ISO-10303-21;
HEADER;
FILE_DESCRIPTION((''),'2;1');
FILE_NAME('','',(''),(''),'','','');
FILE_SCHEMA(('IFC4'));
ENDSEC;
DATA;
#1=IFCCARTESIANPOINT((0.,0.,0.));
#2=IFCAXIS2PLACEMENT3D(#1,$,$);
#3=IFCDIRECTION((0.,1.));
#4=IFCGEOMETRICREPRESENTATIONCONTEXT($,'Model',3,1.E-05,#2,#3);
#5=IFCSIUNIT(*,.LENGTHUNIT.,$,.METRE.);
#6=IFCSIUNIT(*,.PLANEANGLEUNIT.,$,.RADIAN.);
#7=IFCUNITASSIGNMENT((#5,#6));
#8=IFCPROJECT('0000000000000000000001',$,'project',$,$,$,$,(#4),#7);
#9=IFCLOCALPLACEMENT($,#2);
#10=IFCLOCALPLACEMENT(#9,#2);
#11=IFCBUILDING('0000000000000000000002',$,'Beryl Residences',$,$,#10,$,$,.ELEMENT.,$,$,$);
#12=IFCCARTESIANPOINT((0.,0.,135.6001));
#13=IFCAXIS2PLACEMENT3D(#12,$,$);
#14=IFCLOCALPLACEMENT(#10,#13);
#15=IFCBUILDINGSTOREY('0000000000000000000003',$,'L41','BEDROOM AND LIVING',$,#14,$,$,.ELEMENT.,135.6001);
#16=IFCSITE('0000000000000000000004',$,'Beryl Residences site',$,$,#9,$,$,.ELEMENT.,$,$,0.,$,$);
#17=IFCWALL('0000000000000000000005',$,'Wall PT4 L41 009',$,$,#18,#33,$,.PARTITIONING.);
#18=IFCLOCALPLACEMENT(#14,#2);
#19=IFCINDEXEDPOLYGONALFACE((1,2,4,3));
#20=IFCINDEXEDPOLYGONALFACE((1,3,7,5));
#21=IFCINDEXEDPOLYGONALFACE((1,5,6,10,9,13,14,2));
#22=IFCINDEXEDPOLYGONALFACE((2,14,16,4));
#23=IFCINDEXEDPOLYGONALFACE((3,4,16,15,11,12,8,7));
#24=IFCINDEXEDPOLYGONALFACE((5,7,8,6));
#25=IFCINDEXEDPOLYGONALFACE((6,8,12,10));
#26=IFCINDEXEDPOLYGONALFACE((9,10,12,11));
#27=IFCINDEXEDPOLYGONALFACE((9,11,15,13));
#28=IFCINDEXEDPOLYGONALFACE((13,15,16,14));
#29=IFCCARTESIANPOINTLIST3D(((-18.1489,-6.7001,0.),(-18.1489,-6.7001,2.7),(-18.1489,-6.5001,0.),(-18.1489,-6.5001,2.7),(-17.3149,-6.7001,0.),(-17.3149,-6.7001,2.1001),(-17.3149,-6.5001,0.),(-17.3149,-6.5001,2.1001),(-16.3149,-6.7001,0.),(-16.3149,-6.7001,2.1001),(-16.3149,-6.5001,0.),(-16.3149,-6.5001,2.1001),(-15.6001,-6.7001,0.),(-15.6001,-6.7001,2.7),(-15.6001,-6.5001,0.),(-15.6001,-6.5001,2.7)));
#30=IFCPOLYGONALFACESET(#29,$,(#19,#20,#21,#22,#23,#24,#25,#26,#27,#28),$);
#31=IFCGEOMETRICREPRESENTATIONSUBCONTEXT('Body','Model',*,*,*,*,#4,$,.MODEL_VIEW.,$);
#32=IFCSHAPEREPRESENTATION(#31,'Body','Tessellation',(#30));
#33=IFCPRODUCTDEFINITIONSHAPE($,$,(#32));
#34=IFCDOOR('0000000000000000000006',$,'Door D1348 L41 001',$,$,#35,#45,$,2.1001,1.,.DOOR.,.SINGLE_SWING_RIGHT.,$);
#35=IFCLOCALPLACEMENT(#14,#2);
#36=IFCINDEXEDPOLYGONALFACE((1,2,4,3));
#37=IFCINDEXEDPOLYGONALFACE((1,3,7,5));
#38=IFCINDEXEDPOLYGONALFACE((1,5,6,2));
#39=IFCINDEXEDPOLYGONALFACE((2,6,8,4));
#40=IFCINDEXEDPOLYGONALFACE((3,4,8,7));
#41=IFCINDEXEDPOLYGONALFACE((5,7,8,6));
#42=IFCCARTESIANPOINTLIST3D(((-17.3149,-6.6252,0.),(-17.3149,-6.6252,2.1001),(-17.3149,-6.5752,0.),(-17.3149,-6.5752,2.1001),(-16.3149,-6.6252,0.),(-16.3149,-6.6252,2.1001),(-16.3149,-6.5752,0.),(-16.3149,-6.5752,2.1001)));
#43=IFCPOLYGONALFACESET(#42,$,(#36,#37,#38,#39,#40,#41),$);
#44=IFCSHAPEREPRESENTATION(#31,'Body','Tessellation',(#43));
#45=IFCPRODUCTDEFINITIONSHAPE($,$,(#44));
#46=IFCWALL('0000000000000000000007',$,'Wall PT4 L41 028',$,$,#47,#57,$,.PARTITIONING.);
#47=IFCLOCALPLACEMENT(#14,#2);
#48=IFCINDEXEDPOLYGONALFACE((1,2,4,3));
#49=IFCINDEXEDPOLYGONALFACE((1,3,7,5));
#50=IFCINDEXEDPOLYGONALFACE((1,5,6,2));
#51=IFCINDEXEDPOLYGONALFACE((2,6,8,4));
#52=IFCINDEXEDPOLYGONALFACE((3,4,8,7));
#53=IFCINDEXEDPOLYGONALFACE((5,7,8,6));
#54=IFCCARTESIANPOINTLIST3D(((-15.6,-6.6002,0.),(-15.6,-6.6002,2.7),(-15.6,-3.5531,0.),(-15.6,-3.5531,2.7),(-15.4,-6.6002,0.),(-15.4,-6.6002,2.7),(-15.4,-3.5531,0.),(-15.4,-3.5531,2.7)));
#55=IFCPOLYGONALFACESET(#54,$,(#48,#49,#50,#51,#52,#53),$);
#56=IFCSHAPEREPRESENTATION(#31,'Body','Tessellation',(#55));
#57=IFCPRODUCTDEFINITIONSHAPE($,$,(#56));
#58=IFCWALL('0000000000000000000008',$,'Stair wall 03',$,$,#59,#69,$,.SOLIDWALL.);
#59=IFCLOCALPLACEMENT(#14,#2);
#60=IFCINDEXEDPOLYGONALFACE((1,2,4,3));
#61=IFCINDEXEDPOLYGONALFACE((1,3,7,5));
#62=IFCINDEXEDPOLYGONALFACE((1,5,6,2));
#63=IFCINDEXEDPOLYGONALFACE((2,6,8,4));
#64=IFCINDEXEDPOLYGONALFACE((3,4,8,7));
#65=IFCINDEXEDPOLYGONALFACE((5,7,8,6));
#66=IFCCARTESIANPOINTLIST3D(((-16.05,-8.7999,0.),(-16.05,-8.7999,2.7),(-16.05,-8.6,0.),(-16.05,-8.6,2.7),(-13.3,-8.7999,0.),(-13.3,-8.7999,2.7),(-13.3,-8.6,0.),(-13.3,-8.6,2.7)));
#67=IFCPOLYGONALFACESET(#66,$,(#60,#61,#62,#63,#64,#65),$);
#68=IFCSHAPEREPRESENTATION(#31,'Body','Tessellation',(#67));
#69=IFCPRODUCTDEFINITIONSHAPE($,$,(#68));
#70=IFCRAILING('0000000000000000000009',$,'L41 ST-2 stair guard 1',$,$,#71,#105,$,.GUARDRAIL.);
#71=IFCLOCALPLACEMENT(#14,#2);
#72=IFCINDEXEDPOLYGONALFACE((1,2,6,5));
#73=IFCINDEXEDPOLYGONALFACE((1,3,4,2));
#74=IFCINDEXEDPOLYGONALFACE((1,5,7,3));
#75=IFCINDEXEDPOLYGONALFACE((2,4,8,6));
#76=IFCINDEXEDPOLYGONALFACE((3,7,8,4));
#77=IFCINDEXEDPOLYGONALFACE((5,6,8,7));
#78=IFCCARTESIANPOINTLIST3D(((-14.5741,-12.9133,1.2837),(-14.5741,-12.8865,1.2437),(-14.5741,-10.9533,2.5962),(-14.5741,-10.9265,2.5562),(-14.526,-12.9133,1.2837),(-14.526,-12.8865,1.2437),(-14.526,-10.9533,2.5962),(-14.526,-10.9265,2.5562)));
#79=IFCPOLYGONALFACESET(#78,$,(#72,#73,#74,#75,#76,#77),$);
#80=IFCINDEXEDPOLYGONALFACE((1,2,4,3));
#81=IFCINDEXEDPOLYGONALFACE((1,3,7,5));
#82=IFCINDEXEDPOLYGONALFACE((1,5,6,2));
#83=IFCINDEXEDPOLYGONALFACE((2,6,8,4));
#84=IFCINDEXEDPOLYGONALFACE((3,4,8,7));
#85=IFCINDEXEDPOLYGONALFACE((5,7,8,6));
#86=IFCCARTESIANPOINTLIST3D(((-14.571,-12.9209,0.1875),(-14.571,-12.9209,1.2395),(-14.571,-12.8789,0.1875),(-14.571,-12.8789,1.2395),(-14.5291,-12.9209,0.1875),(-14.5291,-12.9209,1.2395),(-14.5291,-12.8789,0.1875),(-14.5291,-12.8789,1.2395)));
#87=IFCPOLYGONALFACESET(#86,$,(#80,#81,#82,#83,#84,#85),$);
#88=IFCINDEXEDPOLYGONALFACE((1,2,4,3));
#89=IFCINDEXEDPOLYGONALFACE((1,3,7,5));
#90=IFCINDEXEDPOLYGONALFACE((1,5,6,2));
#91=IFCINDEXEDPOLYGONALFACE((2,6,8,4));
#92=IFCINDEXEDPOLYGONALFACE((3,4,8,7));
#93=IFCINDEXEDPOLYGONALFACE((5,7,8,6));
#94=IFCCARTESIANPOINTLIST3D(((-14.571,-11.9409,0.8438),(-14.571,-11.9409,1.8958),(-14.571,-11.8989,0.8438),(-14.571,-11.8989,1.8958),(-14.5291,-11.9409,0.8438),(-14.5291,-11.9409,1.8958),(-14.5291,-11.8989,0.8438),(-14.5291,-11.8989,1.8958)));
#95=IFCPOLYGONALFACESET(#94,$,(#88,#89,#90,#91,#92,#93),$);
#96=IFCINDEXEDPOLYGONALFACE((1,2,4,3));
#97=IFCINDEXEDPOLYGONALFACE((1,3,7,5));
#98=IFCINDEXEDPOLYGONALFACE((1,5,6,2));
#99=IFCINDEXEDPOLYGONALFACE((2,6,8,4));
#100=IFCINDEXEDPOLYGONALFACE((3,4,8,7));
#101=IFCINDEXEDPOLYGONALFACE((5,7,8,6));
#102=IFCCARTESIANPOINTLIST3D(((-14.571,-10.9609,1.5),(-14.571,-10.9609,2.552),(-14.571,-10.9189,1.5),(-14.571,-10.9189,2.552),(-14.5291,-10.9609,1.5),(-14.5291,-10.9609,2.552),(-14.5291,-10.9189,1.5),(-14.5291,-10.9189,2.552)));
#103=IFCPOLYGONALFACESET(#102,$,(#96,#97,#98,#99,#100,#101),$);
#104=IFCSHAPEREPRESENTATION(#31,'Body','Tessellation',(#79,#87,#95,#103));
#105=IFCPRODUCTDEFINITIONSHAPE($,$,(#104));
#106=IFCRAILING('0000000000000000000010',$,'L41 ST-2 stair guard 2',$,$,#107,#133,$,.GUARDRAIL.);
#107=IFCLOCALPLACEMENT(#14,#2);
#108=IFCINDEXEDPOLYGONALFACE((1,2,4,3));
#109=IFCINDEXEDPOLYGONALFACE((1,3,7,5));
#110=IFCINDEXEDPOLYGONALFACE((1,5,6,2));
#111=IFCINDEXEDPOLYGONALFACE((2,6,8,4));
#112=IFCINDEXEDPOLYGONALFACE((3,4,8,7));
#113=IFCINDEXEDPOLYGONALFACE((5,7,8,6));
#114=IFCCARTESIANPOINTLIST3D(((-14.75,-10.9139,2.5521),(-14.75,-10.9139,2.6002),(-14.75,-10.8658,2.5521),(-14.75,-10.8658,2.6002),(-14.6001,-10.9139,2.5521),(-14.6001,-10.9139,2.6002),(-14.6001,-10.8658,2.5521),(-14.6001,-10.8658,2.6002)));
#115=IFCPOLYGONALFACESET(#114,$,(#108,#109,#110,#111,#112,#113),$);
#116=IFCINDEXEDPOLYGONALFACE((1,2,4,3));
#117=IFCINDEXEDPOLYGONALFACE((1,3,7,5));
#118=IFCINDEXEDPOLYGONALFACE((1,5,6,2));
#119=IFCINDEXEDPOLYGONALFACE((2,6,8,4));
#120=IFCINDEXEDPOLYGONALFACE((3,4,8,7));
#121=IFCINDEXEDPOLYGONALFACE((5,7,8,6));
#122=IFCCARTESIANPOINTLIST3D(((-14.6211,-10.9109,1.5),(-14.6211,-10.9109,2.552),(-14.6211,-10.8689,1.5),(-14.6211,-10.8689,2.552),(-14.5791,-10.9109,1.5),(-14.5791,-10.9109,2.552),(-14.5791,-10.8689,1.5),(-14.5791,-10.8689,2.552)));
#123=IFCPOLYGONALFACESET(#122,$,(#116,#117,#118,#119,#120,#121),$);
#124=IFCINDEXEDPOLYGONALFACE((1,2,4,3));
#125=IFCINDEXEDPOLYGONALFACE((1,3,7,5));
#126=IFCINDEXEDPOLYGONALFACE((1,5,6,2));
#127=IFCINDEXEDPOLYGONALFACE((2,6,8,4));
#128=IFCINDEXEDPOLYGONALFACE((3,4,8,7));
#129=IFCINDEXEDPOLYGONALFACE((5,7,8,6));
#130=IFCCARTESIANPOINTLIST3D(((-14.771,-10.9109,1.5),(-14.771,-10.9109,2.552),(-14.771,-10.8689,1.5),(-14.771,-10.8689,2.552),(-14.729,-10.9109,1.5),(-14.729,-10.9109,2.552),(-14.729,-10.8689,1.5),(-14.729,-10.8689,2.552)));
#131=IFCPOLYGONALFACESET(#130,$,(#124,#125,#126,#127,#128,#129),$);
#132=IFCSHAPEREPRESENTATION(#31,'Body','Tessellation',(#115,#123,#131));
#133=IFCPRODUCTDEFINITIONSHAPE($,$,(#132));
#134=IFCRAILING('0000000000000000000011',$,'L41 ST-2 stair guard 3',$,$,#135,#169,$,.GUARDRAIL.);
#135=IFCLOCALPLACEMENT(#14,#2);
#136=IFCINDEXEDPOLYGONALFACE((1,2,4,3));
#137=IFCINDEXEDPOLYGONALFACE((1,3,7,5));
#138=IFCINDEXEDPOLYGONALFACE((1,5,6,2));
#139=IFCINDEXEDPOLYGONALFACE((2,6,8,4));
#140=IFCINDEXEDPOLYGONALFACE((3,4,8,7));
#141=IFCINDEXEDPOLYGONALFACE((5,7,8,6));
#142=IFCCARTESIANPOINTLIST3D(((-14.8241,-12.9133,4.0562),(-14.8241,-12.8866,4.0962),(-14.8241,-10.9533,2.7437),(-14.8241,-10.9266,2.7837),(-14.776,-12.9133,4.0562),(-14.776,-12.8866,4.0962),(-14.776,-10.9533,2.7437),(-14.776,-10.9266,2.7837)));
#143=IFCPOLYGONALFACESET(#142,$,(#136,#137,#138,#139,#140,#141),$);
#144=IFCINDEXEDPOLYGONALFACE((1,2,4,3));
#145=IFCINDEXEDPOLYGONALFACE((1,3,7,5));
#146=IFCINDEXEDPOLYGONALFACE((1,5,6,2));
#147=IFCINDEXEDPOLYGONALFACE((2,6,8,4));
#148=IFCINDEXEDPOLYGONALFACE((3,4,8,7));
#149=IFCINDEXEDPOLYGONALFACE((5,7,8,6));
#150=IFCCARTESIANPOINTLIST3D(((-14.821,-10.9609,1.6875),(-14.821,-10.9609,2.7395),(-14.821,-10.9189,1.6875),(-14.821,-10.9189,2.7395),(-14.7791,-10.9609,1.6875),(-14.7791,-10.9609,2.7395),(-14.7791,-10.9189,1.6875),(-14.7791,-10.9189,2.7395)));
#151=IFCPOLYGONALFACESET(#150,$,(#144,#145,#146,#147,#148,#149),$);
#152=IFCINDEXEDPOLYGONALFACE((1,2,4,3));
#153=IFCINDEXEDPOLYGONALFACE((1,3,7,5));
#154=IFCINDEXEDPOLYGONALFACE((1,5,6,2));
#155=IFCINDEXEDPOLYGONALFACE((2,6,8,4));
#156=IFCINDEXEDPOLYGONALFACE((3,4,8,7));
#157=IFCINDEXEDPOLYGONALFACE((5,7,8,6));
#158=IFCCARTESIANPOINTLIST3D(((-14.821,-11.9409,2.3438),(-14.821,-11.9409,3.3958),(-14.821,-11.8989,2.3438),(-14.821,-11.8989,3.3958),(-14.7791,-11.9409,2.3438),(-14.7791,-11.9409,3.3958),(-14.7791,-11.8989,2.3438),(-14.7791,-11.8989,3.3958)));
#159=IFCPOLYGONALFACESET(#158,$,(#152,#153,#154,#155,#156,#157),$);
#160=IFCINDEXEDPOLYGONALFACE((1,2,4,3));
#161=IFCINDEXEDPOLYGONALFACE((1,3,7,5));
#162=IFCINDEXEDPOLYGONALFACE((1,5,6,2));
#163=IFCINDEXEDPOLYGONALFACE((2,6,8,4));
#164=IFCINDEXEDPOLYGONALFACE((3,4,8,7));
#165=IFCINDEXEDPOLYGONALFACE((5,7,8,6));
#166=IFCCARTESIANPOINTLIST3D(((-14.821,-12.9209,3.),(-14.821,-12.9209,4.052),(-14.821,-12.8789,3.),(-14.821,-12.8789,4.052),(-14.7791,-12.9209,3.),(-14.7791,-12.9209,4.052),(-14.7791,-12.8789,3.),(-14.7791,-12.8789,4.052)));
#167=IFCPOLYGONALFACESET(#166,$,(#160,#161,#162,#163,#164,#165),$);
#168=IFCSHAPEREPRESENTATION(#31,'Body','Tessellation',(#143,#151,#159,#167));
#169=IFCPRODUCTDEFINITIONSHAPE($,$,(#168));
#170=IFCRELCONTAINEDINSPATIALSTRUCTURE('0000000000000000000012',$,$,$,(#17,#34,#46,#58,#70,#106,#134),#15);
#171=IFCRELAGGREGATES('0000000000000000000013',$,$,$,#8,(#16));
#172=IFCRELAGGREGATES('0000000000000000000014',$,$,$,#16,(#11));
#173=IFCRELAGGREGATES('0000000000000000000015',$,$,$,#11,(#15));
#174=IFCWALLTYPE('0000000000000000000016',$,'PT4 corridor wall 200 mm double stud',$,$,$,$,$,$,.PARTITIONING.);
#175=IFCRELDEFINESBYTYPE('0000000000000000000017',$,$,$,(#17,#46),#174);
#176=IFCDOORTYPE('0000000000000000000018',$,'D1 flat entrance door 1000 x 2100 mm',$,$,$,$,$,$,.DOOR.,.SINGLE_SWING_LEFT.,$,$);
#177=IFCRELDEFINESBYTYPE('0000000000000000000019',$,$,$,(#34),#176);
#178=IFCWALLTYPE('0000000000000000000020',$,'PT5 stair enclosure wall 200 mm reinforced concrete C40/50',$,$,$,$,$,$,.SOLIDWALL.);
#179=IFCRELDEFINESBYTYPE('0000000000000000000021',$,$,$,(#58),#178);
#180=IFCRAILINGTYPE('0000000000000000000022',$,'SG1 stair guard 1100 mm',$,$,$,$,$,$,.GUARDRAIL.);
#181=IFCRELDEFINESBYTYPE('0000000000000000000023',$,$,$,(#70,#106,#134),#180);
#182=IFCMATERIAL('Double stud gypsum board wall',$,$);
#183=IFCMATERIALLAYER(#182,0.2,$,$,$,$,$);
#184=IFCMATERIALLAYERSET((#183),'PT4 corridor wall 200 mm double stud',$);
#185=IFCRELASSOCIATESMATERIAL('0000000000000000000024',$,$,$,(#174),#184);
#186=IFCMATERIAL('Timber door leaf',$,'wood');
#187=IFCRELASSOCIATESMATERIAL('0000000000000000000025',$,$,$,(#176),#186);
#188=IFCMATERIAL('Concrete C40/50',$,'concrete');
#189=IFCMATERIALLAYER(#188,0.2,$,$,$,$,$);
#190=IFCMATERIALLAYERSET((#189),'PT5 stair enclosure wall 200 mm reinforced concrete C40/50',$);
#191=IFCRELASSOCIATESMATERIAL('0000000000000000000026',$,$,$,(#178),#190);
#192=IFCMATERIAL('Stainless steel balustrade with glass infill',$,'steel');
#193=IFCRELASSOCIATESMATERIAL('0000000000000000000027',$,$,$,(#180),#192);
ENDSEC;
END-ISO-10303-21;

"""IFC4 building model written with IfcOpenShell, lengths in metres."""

from ifc_helpers import new_model, si_unit, direction, frame, frame_2d, origin, origin_2d, place, context, subcontext, project, spatial, rectangle, extrude, material, layer, layer_set, type_object, element, fill, save


model = new_model("IFC4")

# Units and contexts
model_context = context("Model", 3, precision=1e-05, world=origin(), true_north=direction((0.0, 1.0)))
body_context = subcontext(model_context, "Body", "Model", "MODEL_VIEW")
ifc_project = project(units=[si_unit("LENGTHUNIT", "METRE"), si_unit("PLANEANGLEUNIT", "RADIAN")], contexts=[model_context])

# Site, building, storey
site_placement = place(None, origin())
site = spatial("IfcSite", under=ifc_project, at=site_placement, Name="Beryl Residences site", CompositionType="ELEMENT", RefElevation=0.0)
building_placement = place(site_placement, origin())
building = spatial("IfcBuilding", under=site, at=building_placement, Name="Beryl Residences", CompositionType="ELEMENT")
storey_placement = place(building_placement, frame((0.0, 0.0, 135.6001)))
storey = spatial("IfcBuildingStorey", under=building, at=storey_placement, Name="L41", Description="BEDROOM AND LIVING", CompositionType="ELEMENT", Elevation=135.6001)

# Wall, opening, door
ifc_material_1 = material(Name="Double stud gypsum board wall")
ifc_layer_1 = layer(ifc_material_1, 0.2)
ifc_layer_set_1 = layer_set([ifc_layer_1], Name="PT4 corridor wall 200 mm double stud")
wall_type_1 = type_object("IfcWallType", Name="PT4 corridor wall 200 mm double stud", PredefinedType="PARTITIONING", material=ifc_layer_set_1)
wall_1_placement = place(storey_placement, frame((-18.1489, -6.6001, 0.0), z_axis=(0.0, 0.0, 1.0), x_axis=(1.0, 0.0, 0.0)))
wall_1 = element("IfcWall", 1, at=wall_1_placement, inside=storey, type_object=wall_type_1, Name="Wall PT4 L41 009", PredefinedType="PARTITIONING", context=body_context, shape_type="SweptSolid", body=[
    extrude(rectangle(XDim=2.5488, YDim=0.2, at=frame_2d((1.2744, 0.0))), origin(), (0.0, 0.0, 1.0), 2.7),
])
opening_1_placement = place(wall_1_placement, frame((0.834, 0.0, 0.0)))
opening_1 = element("IfcOpeningElement", 2, at=opening_1_placement, cuts=wall_1, PredefinedType="OPENING", context=body_context, shape_type="SweptSolid", body=[
    extrude(rectangle(XDim=1.0, YDim=2.1001, at=frame_2d((0.5, 1.05))), frame((0.0, 0.1099, 0.0), z_axis=(0.0, -1.0, 0.0), x_axis=(1.0, 0.0, 0.0)), (0.0, 0.0, 1.0), 0.22),
])
ifc_material_2 = material(Name="Timber door leaf", Category="wood")
door_type_1 = type_object("IfcDoorType", Name="D1 flat entrance door 1000 x 2100 mm", OperationType="SINGLE_SWING_LEFT", PredefinedType="DOOR", material=ifc_material_2)
door_1_placement = place(opening_1_placement, origin())
door_1 = element("IfcDoor", 3, at=door_1_placement, inside=storey, type_object=door_type_1, Name="Door D1348 L41 001", OperationType="SINGLE_SWING_RIGHT", OverallHeight=2.1001, OverallWidth=1.0, PredefinedType="DOOR", context=body_context, shape_type="SweptSolid", body=[
    extrude(rectangle(XDim=1.0, YDim=2.1001, at=frame_2d((0.5, 1.05))), frame((0.0, 0.0249, 0.0), z_axis=(0.0, -1.0, 0.0), x_axis=(1.0, 0.0, 0.0)), (0.0, 0.0, 1.0), 0.05),
])
fill(opening_1, door_1)

# Walls
wall_2_placement = place(storey_placement, frame((-15.5, -6.6001, 0.0), z_axis=(0.0, 0.0, 1.0), x_axis=(0.0, 1.0, 0.0)))
element("IfcWall", 4, at=wall_2_placement, inside=storey, type_object=wall_type_1, Name="Wall PT4 L41 028", PredefinedType="PARTITIONING", context=body_context, shape_type="SweptSolid", body=[
    extrude(rectangle(XDim=3.0471, YDim=0.2, at=frame_2d((1.5234, 0.0))), origin(), (0.0, 0.0, 1.0), 2.7),
])
ifc_material_3 = material(Name="Concrete C40/50", Category="concrete")
ifc_layer_2 = layer(ifc_material_3, 0.2)
ifc_layer_set_2 = layer_set([ifc_layer_2], Name="PT5 stair enclosure wall 200 mm reinforced concrete C40/50")
wall_type_2 = type_object("IfcWallType", Name="PT5 stair enclosure wall 200 mm reinforced concrete C40/50", PredefinedType="SOLIDWALL", material=ifc_layer_set_2)
wall_3_placement = place(storey_placement, frame((-16.05, -8.7, 0.0), z_axis=(0.0, 0.0, 1.0), x_axis=(1.0, 0.0, 0.0)))
element("IfcWall", 5, at=wall_3_placement, inside=storey, type_object=wall_type_2, Name="Stair wall 03", PredefinedType="SOLIDWALL", context=body_context, shape_type="SweptSolid", body=[
    extrude(rectangle(XDim=2.75, YDim=0.2, at=frame_2d((1.375, 0.0))), origin(), (0.0, 0.0, 1.0), 2.7),
])

# Railings
ifc_material_4 = material(Name="Stainless steel balustrade with glass infill", Category="steel")
railing_type_1 = type_object("IfcRailingType", Name="SG1 stair guard 1100 mm", PredefinedType="GUARDRAIL", material=ifc_material_4)
railing_1_placement = place(storey_placement, frame((-14.55, -12.8999, 0.1875)))
element("IfcRailing", 6, at=railing_1_placement, inside=storey, type_object=railing_type_1, Name="L41 ST-2 stair guard 1", PredefinedType="GUARDRAIL", context=body_context, shape_type="SweptSolid", body=[
    extrude(rectangle(XDim=0.0481, YDim=0.0481, at=origin_2d()), frame((0.0, 0.0, 1.0762), z_axis=(0.0, 0.830902, 0.556419), x_axis=(-1.0, 0.0, 0.0)), (0.0, 0.0, 1.0), 2.3589),
    extrude(rectangle(XDim=0.042, YDim=0.042, at=origin_2d()), origin(), (0.0, 0.0, 1.0), 1.052),
    extrude(rectangle(XDim=0.042, YDim=0.042, at=origin_2d()), frame((0.0, 0.98, 0.6562)), (0.0, 0.0, 1.0), 1.052),
    extrude(rectangle(XDim=0.042, YDim=0.042, at=origin_2d()), frame((0.0, 1.96, 1.3125)), (0.0, 0.0, 1.0), 1.052),
])
railing_2_placement = place(storey_placement, frame((-14.6001, -10.8899, 1.5)))
element("IfcRailing", 7, at=railing_2_placement, inside=storey, type_object=railing_type_1, Name="L41 ST-2 stair guard 2", PredefinedType="GUARDRAIL", context=body_context, shape_type="SweptSolid", body=[
    extrude(rectangle(XDim=0.0481, YDim=0.0481, at=origin_2d()), frame((0.0, 0.0, 1.0762), z_axis=(-1.0, 0.0, 0.0), x_axis=(0.0, -1.0, 0.0)), (0.0, 0.0, 1.0), 0.1499),
    extrude(rectangle(XDim=0.042, YDim=0.042, at=origin_2d()), origin(), (0.0, 0.0, 1.0), 1.052),
    extrude(rectangle(XDim=0.042, YDim=0.042, at=origin_2d()), frame((-0.1499, 0.0, 0.0)), (0.0, 0.0, 1.0), 1.052),
])
railing_3_placement = place(storey_placement, frame((-14.8, -10.9399, 1.6875)))
element("IfcRailing", 8, at=railing_3_placement, inside=storey, type_object=railing_type_1, Name="L41 ST-2 stair guard 3", PredefinedType="GUARDRAIL", context=body_context, shape_type="SweptSolid", body=[
    extrude(rectangle(XDim=0.0481, YDim=0.0481, at=origin_2d()), frame((0.0, 0.0, 1.0762), z_axis=(0.0, -0.830902, 0.556419), x_axis=(1.0, 0.0, 0.0)), (0.0, 0.0, 1.0), 2.3589),
    extrude(rectangle(XDim=0.042, YDim=0.042, at=origin_2d()), origin(), (0.0, 0.0, 1.0), 1.052),
    extrude(rectangle(XDim=0.042, YDim=0.042, at=origin_2d()), frame((0.0, -0.98, 0.6562)), (0.0, 0.0, 1.0), 1.052),
    extrude(rectangle(XDim=0.042, YDim=0.042, at=origin_2d()), frame((0.0, -1.96, 1.3125)), (0.0, 0.0, 1.0), 1.052),
])

save(model, "model.ifc")
